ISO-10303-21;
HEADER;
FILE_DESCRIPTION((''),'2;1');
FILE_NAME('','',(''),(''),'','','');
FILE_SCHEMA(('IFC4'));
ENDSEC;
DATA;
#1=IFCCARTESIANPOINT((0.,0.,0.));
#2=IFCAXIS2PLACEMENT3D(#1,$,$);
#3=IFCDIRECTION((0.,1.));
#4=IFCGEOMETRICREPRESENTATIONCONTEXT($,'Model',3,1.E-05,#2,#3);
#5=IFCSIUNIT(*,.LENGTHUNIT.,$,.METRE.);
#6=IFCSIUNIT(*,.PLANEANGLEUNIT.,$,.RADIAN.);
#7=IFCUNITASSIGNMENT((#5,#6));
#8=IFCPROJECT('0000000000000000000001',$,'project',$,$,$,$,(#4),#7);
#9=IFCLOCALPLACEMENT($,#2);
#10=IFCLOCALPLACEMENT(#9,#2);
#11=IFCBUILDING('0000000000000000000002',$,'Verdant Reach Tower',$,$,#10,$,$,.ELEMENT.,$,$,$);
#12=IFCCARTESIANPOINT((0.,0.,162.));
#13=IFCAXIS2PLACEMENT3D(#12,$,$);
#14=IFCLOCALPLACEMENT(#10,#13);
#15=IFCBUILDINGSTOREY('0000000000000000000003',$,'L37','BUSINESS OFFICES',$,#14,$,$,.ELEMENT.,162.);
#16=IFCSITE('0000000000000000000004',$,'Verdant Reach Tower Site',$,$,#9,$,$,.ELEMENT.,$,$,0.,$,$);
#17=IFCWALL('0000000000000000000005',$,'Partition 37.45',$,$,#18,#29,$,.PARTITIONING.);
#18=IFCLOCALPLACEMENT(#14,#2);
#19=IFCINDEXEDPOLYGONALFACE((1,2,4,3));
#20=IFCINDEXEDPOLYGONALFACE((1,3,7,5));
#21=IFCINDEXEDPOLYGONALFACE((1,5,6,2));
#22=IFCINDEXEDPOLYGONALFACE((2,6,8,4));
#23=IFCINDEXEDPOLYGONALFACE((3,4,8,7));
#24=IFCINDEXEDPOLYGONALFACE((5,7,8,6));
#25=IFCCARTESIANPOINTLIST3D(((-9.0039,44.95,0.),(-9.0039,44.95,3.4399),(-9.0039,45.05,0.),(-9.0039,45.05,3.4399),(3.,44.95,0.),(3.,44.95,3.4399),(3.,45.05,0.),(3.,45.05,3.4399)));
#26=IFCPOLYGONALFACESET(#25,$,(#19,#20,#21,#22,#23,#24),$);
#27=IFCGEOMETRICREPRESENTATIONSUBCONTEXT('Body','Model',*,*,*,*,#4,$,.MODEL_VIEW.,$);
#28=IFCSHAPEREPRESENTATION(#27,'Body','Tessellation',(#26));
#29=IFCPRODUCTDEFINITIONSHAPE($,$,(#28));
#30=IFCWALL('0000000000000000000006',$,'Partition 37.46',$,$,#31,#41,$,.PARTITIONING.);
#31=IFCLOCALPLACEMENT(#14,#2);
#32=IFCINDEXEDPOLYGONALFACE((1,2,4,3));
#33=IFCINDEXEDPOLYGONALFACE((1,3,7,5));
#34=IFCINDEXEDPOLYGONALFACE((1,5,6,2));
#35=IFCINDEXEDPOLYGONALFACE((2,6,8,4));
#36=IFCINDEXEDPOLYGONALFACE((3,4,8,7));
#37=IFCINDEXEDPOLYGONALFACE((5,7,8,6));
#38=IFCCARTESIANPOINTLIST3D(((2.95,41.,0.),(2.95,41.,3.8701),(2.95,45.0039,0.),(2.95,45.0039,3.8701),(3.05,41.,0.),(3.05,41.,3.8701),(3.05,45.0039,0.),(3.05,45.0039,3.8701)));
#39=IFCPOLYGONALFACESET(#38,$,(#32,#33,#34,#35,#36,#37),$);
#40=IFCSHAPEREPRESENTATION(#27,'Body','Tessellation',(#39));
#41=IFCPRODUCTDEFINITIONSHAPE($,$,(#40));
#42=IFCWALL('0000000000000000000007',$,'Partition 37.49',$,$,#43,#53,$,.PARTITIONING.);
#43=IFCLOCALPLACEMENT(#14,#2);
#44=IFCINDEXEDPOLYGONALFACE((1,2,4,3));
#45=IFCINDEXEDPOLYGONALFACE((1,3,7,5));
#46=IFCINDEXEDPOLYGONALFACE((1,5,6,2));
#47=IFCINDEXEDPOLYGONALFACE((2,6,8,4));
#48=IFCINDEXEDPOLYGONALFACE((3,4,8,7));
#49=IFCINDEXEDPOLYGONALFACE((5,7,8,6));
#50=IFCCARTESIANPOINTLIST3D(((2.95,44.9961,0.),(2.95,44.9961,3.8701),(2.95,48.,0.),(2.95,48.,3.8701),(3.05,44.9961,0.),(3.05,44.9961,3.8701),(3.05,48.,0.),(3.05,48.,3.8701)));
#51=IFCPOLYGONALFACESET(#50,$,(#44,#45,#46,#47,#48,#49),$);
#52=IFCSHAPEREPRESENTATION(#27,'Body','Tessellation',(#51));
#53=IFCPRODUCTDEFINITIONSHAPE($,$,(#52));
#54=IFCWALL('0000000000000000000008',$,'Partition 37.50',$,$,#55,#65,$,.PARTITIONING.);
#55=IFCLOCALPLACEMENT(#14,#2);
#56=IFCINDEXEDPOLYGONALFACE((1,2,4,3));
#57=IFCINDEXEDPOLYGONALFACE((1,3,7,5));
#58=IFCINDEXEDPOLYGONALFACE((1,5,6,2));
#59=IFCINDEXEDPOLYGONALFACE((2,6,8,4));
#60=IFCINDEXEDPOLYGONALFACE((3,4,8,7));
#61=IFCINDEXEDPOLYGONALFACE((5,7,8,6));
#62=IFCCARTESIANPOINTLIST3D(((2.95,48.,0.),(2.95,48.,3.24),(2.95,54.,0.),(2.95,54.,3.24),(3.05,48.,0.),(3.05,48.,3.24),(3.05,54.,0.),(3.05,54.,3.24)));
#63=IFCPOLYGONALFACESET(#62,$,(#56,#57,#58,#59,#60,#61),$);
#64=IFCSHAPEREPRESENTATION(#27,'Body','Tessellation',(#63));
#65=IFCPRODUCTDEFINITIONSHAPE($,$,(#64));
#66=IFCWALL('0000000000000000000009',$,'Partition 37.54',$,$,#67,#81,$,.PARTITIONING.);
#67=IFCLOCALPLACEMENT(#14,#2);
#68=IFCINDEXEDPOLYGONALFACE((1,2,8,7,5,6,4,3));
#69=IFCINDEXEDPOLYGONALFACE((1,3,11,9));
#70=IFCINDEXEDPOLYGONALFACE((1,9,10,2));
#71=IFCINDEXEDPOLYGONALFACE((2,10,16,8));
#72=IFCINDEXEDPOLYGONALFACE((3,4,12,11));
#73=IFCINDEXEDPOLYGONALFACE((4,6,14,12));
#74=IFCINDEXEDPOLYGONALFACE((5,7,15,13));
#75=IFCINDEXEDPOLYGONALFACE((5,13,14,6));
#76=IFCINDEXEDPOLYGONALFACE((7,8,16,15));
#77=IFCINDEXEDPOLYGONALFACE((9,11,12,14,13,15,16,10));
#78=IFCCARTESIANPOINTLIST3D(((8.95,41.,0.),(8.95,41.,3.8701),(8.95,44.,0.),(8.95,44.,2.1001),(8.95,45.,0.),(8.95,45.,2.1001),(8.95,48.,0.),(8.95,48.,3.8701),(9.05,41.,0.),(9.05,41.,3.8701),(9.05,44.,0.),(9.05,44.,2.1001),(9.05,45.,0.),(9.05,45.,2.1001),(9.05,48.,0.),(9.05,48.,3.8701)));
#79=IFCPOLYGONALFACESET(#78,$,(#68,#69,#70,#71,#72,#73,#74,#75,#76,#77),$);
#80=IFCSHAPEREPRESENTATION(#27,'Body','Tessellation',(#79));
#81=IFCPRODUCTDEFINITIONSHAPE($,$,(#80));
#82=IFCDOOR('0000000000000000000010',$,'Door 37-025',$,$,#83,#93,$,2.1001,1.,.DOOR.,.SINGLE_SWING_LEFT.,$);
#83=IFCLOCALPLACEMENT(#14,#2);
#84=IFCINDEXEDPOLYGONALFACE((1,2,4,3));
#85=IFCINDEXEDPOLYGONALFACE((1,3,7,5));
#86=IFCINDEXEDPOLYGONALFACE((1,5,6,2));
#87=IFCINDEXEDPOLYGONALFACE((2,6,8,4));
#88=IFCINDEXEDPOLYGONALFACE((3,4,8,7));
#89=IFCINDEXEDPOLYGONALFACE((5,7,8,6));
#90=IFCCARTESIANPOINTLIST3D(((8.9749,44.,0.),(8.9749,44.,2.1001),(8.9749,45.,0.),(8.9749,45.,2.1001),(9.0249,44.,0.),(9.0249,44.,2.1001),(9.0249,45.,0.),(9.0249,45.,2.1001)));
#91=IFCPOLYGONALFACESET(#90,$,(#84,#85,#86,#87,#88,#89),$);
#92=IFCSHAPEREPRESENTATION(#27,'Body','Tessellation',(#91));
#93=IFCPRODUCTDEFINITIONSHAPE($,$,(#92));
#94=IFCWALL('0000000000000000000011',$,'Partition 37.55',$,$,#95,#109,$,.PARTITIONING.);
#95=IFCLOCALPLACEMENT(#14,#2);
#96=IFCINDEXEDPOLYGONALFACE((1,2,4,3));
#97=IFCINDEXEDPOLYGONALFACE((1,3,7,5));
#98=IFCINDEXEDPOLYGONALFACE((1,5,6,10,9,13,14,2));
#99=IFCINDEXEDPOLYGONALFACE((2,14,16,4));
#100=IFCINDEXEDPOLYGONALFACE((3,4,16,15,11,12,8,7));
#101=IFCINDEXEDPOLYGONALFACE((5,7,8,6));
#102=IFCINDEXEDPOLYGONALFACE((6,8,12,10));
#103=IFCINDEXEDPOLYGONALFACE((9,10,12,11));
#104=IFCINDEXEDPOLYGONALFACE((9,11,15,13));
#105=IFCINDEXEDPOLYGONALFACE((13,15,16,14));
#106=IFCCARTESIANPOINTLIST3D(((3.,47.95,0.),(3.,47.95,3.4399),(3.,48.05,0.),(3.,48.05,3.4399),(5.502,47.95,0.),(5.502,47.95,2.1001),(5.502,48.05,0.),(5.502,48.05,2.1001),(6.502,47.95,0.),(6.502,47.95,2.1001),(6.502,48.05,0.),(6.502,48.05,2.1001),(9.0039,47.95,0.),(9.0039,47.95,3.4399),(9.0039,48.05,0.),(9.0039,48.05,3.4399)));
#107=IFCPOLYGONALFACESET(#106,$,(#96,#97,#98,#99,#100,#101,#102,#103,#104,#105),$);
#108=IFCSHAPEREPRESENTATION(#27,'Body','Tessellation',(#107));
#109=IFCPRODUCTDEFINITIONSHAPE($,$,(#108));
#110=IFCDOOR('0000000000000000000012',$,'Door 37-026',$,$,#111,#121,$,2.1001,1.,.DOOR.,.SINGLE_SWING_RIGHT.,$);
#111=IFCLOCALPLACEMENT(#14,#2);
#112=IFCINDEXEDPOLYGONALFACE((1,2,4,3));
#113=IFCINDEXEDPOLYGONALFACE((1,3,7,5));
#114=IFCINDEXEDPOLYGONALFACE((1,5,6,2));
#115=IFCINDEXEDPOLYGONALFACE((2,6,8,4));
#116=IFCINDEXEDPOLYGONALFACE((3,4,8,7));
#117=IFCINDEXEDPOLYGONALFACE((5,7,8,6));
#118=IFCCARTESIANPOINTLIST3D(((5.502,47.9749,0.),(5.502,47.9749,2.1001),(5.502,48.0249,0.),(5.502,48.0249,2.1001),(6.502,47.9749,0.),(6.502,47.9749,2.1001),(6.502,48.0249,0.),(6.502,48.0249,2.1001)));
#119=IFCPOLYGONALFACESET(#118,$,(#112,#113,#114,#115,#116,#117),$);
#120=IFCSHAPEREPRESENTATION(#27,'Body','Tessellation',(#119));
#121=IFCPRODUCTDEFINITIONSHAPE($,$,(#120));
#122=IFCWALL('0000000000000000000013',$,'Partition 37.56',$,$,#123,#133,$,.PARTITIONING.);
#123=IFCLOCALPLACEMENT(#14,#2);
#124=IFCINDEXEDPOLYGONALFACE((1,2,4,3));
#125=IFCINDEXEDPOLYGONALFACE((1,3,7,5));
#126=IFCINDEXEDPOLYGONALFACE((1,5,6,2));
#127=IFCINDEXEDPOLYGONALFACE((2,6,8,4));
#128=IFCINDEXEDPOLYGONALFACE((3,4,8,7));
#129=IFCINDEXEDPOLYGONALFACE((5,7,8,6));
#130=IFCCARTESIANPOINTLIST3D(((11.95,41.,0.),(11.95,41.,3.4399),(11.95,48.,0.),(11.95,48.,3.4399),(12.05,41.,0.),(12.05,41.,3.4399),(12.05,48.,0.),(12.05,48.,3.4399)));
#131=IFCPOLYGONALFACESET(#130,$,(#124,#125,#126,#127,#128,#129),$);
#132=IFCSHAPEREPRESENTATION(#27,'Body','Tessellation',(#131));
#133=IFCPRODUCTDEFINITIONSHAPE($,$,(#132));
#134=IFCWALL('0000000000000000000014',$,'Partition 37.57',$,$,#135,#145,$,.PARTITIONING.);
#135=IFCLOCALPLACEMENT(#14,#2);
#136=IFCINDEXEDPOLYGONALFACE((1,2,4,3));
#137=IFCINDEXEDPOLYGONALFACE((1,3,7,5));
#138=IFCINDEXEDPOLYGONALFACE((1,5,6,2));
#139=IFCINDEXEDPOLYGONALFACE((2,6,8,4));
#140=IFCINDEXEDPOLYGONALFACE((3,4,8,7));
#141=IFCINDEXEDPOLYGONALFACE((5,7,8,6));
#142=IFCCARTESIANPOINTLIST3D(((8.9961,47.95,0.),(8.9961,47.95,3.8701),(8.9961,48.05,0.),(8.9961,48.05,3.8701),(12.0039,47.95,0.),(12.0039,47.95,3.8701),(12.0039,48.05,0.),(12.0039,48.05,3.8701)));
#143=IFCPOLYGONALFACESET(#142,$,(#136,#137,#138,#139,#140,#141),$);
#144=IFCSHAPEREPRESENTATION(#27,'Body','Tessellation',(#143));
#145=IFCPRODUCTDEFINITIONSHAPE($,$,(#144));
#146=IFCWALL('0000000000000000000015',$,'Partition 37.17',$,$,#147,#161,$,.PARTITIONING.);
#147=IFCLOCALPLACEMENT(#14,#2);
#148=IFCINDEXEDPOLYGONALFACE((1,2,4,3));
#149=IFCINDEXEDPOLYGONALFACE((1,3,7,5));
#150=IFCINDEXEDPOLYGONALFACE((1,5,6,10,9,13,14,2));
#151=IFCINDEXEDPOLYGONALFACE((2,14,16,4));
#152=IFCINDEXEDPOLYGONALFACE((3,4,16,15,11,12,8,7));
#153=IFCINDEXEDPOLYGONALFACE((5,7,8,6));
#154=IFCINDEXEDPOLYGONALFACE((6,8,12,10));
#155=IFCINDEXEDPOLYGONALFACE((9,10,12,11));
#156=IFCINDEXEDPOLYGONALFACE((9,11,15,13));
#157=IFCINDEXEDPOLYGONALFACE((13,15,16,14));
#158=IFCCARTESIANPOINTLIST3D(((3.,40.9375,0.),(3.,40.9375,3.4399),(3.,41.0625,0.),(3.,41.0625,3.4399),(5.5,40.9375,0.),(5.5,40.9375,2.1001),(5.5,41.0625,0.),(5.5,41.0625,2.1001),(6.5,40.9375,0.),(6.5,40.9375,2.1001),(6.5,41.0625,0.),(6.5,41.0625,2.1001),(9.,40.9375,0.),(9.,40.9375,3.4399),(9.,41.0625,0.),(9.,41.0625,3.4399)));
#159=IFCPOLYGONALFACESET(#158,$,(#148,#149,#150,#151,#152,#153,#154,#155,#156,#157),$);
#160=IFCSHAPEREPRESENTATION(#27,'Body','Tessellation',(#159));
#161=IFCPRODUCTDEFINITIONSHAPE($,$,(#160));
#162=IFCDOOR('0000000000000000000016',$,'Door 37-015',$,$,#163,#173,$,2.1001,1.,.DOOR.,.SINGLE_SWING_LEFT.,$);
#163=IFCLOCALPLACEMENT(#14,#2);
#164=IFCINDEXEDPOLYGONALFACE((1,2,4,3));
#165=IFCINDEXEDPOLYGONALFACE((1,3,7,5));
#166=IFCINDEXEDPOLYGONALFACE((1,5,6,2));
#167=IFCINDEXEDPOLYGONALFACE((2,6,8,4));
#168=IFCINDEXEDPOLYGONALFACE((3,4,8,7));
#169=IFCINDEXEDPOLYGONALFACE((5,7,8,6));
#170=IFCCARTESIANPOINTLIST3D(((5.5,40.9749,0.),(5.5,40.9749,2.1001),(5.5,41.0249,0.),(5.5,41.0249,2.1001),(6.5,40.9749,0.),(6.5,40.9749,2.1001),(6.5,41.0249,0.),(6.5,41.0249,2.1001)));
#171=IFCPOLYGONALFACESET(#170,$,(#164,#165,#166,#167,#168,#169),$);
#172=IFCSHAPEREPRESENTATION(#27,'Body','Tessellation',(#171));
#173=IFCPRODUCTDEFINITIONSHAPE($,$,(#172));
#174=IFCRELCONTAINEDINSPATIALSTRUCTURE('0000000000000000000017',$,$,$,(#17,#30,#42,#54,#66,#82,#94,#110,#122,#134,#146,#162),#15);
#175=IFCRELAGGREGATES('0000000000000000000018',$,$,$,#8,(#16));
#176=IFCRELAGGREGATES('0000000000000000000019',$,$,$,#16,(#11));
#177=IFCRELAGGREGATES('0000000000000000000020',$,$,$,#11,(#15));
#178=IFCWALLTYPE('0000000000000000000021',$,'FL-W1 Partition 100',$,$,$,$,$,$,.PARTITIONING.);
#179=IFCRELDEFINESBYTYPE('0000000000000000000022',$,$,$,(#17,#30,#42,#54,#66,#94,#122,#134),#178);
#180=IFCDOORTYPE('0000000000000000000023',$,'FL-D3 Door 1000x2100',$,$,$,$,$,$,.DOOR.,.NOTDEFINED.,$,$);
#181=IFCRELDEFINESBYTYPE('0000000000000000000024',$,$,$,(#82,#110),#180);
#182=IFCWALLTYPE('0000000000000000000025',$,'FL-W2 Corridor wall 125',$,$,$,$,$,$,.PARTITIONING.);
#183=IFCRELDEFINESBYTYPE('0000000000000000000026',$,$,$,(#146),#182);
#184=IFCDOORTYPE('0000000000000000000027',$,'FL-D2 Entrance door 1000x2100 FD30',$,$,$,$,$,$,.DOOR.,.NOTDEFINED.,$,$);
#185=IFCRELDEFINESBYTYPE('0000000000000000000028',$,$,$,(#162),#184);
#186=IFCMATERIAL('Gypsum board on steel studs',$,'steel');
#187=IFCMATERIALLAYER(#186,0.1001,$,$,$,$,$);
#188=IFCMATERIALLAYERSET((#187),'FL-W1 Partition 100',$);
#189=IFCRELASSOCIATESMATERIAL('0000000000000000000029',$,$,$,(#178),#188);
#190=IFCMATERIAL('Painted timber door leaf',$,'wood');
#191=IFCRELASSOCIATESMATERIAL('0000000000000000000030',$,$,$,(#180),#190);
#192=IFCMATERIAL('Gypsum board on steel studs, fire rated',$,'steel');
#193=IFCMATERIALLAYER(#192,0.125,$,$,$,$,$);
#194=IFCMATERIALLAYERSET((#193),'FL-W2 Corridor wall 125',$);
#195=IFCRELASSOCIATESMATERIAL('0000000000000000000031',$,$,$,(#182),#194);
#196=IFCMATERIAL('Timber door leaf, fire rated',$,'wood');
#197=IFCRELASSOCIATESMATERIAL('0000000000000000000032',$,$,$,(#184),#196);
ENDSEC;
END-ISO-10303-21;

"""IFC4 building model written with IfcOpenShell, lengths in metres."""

from ifc_helpers import new_model, si_unit, direction, frame, frame_2d, origin, place, context, subcontext, project, spatial, rectangle, extrude, material, layer, layer_set, type_object, element, fill, save


model = new_model("IFC4")

# Units and contexts
model_context = context("Model", 3, precision=1e-05, world=origin(), true_north=direction((0.0, 1.0)))
body_context = subcontext(model_context, "Body", "Model", "MODEL_VIEW")
ifc_project = project(units=[si_unit("LENGTHUNIT", "METRE"), si_unit("PLANEANGLEUNIT", "RADIAN")], contexts=[model_context])

# Site, building, storey
site_placement = place(None, origin())
site = spatial("IfcSite", under=ifc_project, at=site_placement, Name="Verdant Reach Tower Site", CompositionType="ELEMENT", RefElevation=0.0)
building_placement = place(site_placement, origin())
building = spatial("IfcBuilding", under=site, at=building_placement, Name="Verdant Reach Tower", CompositionType="ELEMENT")
storey_placement = place(building_placement, frame((0.0, 0.0, 162.0)))
storey = spatial("IfcBuildingStorey", under=building, at=storey_placement, Name="L37", Description="BUSINESS OFFICES", CompositionType="ELEMENT", Elevation=162.0)

# Walls
ifc_material_1 = material(Name="Gypsum board on steel studs", Category="steel")
ifc_layer_1 = layer(ifc_material_1, 0.1001)
ifc_layer_set_1 = layer_set([ifc_layer_1], Name="FL-W1 Partition 100")
wall_type_1 = type_object("IfcWallType", Name="FL-W1 Partition 100", PredefinedType="PARTITIONING", material=ifc_layer_set_1)
wall_1_placement = place(storey_placement, frame((3.0, 45.0, 0.0), z_axis=(0.0, 0.0, 1.0), x_axis=(-1.0, 0.0, 0.0)))
element("IfcWall", 1, at=wall_1_placement, inside=storey, type_object=wall_type_1, Name="Partition 37.45", PredefinedType="PARTITIONING", context=body_context, shape_type="SweptSolid", body=[
    extrude(rectangle(XDim=12.0039, YDim=0.1001, at=frame_2d((6.002, 0.0))), origin(), (0.0, 0.0, 1.0), 3.4399),
])
wall_2_placement = place(storey_placement, frame((3.0, 41.0, 0.0), z_axis=(0.0, 0.0, 1.0), x_axis=(0.0, 1.0, 0.0)))
element("IfcWall", 2, at=wall_2_placement, inside=storey, type_object=wall_type_1, Name="Partition 37.46", PredefinedType="PARTITIONING", context=body_context, shape_type="SweptSolid", body=[
    extrude(rectangle(XDim=4.0039, YDim=0.1001, at=frame_2d((2.002, 0.0))), origin(), (0.0, 0.0, 1.0), 3.8701),
])
wall_3_placement = place(storey_placement, frame((3.0, 44.9961, 0.0), z_axis=(0.0, 0.0, 1.0), x_axis=(0.0, 1.0, 0.0)))
element("IfcWall", 3, at=wall_3_placement, inside=storey, type_object=wall_type_1, Name="Partition 37.49", PredefinedType="PARTITIONING", context=body_context, shape_type="SweptSolid", body=[
    extrude(rectangle(XDim=3.0039, YDim=0.1001, at=frame_2d((1.502, 0.0))), origin(), (0.0, 0.0, 1.0), 3.8701),
])
wall_4_placement = place(storey_placement, frame((3.0, 48.0, 0.0), z_axis=(0.0, 0.0, 1.0), x_axis=(0.0, 1.0, 0.0)))
element("IfcWall", 4, at=wall_4_placement, inside=storey, type_object=wall_type_1, Name="Partition 37.50", PredefinedType="PARTITIONING", context=body_context, shape_type="SweptSolid", body=[
    extrude(rectangle(XDim=6.0, YDim=0.1001, at=frame_2d((3.0, 0.0))), origin(), (0.0, 0.0, 1.0), 3.24),
])

# Walls, openings, doors
wall_5_placement = place(storey_placement, frame((9.0, 48.0, 0.0), z_axis=(0.0, 0.0, 1.0), x_axis=(0.0, -1.0, 0.0)))
wall_5 = element("IfcWall", 5, at=wall_5_placement, inside=storey, type_object=wall_type_1, Name="Partition 37.54", PredefinedType="PARTITIONING", context=body_context, shape_type="SweptSolid", body=[
    extrude(rectangle(XDim=7.0, YDim=0.1001, at=frame_2d((3.5, 0.0))), origin(), (0.0, 0.0, 1.0), 3.8701),
])
opening_1_placement = place(wall_5_placement, frame((3.0, 0.0, 0.0)))
opening_1 = element("IfcOpeningElement", 6, at=opening_1_placement, cuts=wall_5, PredefinedType="OPENING", context=body_context, shape_type="SweptSolid", body=[
    extrude(rectangle(XDim=1.0, YDim=2.1001, at=frame_2d((0.5, 1.05))), frame((0.0, 0.0601, 0.0), z_axis=(0.0, -1.0, 0.0), x_axis=(1.0, 0.0, 0.0)), (0.0, 0.0, 1.0), 0.1201),
])
ifc_material_2 = material(Name="Painted timber door leaf", Category="wood")
door_type_1 = type_object("IfcDoorType", Name="FL-D3 Door 1000x2100", OperationType="NOTDEFINED", PredefinedType="DOOR", material=ifc_material_2)
door_1_placement = place(opening_1_placement, origin())
door_1 = element("IfcDoor", 7, at=door_1_placement, inside=storey, type_object=door_type_1, Name="Door 37-025", OperationType="SINGLE_SWING_LEFT", OverallHeight=2.1001, OverallWidth=1.0, PredefinedType="DOOR", context=body_context, shape_type="SweptSolid", body=[
    extrude(rectangle(XDim=1.0, YDim=2.1001, at=frame_2d((0.5, 1.05))), frame((0.0, 0.0249, 0.0), z_axis=(0.0, -1.0, 0.0), x_axis=(1.0, 0.0, 0.0)), (0.0, 0.0, 1.0), 0.05),
])
fill(opening_1, door_1)
wall_6_placement = place(storey_placement, frame((3.0, 48.0, 0.0), z_axis=(0.0, 0.0, 1.0), x_axis=(1.0, 0.0, 0.0)))
wall_6 = element("IfcWall", 8, at=wall_6_placement, inside=storey, type_object=wall_type_1, Name="Partition 37.55", PredefinedType="PARTITIONING", context=body_context, shape_type="SweptSolid", body=[
    extrude(rectangle(XDim=6.0039, YDim=0.1001, at=frame_2d((3.002, 0.0))), origin(), (0.0, 0.0, 1.0), 3.4399),
])
opening_2_placement = place(wall_6_placement, frame((2.502, 0.0, 0.0)))
opening_2 = element("IfcOpeningElement", 9, at=opening_2_placement, cuts=wall_6, PredefinedType="OPENING", context=body_context, shape_type="SweptSolid", body=[
    extrude(rectangle(XDim=1.0, YDim=2.1001, at=frame_2d((0.5, 1.05))), frame((0.0, 0.0601, 0.0), z_axis=(0.0, -1.0, 0.0), x_axis=(1.0, 0.0, 0.0)), (0.0, 0.0, 1.0), 0.1201),
])
door_2_placement = place(opening_2_placement, origin())
door_2 = element("IfcDoor", 10, at=door_2_placement, inside=storey, type_object=door_type_1, Name="Door 37-026", OperationType="SINGLE_SWING_RIGHT", OverallHeight=2.1001, OverallWidth=1.0, PredefinedType="DOOR", context=body_context, shape_type="SweptSolid", body=[
    extrude(rectangle(XDim=1.0, YDim=2.1001, at=frame_2d((0.5, 1.05))), frame((0.0, 0.0249, 0.0), z_axis=(0.0, -1.0, 0.0), x_axis=(1.0, 0.0, 0.0)), (0.0, 0.0, 1.0), 0.05),
])
fill(opening_2, door_2)

# Walls
wall_7_placement = place(storey_placement, frame((12.0, 41.0, 0.0), z_axis=(0.0, 0.0, 1.0), x_axis=(0.0, 1.0, 0.0)))
element("IfcWall", 11, at=wall_7_placement, inside=storey, type_object=wall_type_1, Name="Partition 37.56", PredefinedType="PARTITIONING", context=body_context, shape_type="SweptSolid", body=[
    extrude(rectangle(XDim=7.0, YDim=0.1001, at=frame_2d((3.5, 0.0))), origin(), (0.0, 0.0, 1.0), 3.4399),
])
wall_8_placement = place(storey_placement, frame((12.0039, 48.0, 0.0), z_axis=(0.0, 0.0, 1.0), x_axis=(-1.0, 0.0, 0.0)))
element("IfcWall", 12, at=wall_8_placement, inside=storey, type_object=wall_type_1, Name="Partition 37.57", PredefinedType="PARTITIONING", context=body_context, shape_type="SweptSolid", body=[
    extrude(rectangle(XDim=3.0078, YDim=0.1001, at=frame_2d((1.5039, 0.0))), origin(), (0.0, 0.0, 1.0), 3.8701),
])

# Wall, opening, door
ifc_material_3 = material(Name="Gypsum board on steel studs, fire rated", Category="steel")
ifc_layer_2 = layer(ifc_material_3, 0.125)
ifc_layer_set_2 = layer_set([ifc_layer_2], Name="FL-W2 Corridor wall 125")
wall_type_2 = type_object("IfcWallType", Name="FL-W2 Corridor wall 125", PredefinedType="PARTITIONING", material=ifc_layer_set_2)
wall_9_placement = place(storey_placement, frame((3.0, 41.0, 0.0), z_axis=(0.0, 0.0, 1.0), x_axis=(1.0, 0.0, 0.0)))
wall_9 = element("IfcWall", 13, at=wall_9_placement, inside=storey, type_object=wall_type_2, Name="Partition 37.17", PredefinedType="PARTITIONING", context=body_context, shape_type="SweptSolid", body=[
    extrude(rectangle(XDim=6.0, YDim=0.125, at=frame_2d((3.0, 0.0))), origin(), (0.0, 0.0, 1.0), 3.4399),
])
opening_3_placement = place(wall_9_placement, frame((2.5, 0.0, 0.0)))
opening_3 = element("IfcOpeningElement", 14, at=opening_3_placement, cuts=wall_9, PredefinedType="OPENING", context=body_context, shape_type="SweptSolid", body=[
    extrude(rectangle(XDim=1.0, YDim=2.1001, at=frame_2d((0.5, 1.05))), frame((0.0, 0.0725, 0.0), z_axis=(0.0, -1.0, 0.0), x_axis=(1.0, 0.0, 0.0)), (0.0, 0.0, 1.0), 0.145),
])
ifc_material_4 = material(Name="Timber door leaf, fire rated", Category="wood")
door_type_2 = type_object("IfcDoorType", Name="FL-D2 Entrance door 1000x2100 FD30", OperationType="NOTDEFINED", PredefinedType="DOOR", material=ifc_material_4)
door_3_placement = place(opening_3_placement, origin())
door_3 = element("IfcDoor", 15, at=door_3_placement, inside=storey, type_object=door_type_2, Name="Door 37-015", OperationType="SINGLE_SWING_LEFT", OverallHeight=2.1001, OverallWidth=1.0, PredefinedType="DOOR", context=body_context, shape_type="SweptSolid", body=[
    extrude(rectangle(XDim=1.0, YDim=2.1001, at=frame_2d((0.5, 1.05))), frame((0.0, 0.0249, 0.0), z_axis=(0.0, -1.0, 0.0), x_axis=(1.0, 0.0, 0.0)), (0.0, 0.0, 1.0), 0.05),
])
fill(opening_3, door_3)

save(model, "model.ifc")
